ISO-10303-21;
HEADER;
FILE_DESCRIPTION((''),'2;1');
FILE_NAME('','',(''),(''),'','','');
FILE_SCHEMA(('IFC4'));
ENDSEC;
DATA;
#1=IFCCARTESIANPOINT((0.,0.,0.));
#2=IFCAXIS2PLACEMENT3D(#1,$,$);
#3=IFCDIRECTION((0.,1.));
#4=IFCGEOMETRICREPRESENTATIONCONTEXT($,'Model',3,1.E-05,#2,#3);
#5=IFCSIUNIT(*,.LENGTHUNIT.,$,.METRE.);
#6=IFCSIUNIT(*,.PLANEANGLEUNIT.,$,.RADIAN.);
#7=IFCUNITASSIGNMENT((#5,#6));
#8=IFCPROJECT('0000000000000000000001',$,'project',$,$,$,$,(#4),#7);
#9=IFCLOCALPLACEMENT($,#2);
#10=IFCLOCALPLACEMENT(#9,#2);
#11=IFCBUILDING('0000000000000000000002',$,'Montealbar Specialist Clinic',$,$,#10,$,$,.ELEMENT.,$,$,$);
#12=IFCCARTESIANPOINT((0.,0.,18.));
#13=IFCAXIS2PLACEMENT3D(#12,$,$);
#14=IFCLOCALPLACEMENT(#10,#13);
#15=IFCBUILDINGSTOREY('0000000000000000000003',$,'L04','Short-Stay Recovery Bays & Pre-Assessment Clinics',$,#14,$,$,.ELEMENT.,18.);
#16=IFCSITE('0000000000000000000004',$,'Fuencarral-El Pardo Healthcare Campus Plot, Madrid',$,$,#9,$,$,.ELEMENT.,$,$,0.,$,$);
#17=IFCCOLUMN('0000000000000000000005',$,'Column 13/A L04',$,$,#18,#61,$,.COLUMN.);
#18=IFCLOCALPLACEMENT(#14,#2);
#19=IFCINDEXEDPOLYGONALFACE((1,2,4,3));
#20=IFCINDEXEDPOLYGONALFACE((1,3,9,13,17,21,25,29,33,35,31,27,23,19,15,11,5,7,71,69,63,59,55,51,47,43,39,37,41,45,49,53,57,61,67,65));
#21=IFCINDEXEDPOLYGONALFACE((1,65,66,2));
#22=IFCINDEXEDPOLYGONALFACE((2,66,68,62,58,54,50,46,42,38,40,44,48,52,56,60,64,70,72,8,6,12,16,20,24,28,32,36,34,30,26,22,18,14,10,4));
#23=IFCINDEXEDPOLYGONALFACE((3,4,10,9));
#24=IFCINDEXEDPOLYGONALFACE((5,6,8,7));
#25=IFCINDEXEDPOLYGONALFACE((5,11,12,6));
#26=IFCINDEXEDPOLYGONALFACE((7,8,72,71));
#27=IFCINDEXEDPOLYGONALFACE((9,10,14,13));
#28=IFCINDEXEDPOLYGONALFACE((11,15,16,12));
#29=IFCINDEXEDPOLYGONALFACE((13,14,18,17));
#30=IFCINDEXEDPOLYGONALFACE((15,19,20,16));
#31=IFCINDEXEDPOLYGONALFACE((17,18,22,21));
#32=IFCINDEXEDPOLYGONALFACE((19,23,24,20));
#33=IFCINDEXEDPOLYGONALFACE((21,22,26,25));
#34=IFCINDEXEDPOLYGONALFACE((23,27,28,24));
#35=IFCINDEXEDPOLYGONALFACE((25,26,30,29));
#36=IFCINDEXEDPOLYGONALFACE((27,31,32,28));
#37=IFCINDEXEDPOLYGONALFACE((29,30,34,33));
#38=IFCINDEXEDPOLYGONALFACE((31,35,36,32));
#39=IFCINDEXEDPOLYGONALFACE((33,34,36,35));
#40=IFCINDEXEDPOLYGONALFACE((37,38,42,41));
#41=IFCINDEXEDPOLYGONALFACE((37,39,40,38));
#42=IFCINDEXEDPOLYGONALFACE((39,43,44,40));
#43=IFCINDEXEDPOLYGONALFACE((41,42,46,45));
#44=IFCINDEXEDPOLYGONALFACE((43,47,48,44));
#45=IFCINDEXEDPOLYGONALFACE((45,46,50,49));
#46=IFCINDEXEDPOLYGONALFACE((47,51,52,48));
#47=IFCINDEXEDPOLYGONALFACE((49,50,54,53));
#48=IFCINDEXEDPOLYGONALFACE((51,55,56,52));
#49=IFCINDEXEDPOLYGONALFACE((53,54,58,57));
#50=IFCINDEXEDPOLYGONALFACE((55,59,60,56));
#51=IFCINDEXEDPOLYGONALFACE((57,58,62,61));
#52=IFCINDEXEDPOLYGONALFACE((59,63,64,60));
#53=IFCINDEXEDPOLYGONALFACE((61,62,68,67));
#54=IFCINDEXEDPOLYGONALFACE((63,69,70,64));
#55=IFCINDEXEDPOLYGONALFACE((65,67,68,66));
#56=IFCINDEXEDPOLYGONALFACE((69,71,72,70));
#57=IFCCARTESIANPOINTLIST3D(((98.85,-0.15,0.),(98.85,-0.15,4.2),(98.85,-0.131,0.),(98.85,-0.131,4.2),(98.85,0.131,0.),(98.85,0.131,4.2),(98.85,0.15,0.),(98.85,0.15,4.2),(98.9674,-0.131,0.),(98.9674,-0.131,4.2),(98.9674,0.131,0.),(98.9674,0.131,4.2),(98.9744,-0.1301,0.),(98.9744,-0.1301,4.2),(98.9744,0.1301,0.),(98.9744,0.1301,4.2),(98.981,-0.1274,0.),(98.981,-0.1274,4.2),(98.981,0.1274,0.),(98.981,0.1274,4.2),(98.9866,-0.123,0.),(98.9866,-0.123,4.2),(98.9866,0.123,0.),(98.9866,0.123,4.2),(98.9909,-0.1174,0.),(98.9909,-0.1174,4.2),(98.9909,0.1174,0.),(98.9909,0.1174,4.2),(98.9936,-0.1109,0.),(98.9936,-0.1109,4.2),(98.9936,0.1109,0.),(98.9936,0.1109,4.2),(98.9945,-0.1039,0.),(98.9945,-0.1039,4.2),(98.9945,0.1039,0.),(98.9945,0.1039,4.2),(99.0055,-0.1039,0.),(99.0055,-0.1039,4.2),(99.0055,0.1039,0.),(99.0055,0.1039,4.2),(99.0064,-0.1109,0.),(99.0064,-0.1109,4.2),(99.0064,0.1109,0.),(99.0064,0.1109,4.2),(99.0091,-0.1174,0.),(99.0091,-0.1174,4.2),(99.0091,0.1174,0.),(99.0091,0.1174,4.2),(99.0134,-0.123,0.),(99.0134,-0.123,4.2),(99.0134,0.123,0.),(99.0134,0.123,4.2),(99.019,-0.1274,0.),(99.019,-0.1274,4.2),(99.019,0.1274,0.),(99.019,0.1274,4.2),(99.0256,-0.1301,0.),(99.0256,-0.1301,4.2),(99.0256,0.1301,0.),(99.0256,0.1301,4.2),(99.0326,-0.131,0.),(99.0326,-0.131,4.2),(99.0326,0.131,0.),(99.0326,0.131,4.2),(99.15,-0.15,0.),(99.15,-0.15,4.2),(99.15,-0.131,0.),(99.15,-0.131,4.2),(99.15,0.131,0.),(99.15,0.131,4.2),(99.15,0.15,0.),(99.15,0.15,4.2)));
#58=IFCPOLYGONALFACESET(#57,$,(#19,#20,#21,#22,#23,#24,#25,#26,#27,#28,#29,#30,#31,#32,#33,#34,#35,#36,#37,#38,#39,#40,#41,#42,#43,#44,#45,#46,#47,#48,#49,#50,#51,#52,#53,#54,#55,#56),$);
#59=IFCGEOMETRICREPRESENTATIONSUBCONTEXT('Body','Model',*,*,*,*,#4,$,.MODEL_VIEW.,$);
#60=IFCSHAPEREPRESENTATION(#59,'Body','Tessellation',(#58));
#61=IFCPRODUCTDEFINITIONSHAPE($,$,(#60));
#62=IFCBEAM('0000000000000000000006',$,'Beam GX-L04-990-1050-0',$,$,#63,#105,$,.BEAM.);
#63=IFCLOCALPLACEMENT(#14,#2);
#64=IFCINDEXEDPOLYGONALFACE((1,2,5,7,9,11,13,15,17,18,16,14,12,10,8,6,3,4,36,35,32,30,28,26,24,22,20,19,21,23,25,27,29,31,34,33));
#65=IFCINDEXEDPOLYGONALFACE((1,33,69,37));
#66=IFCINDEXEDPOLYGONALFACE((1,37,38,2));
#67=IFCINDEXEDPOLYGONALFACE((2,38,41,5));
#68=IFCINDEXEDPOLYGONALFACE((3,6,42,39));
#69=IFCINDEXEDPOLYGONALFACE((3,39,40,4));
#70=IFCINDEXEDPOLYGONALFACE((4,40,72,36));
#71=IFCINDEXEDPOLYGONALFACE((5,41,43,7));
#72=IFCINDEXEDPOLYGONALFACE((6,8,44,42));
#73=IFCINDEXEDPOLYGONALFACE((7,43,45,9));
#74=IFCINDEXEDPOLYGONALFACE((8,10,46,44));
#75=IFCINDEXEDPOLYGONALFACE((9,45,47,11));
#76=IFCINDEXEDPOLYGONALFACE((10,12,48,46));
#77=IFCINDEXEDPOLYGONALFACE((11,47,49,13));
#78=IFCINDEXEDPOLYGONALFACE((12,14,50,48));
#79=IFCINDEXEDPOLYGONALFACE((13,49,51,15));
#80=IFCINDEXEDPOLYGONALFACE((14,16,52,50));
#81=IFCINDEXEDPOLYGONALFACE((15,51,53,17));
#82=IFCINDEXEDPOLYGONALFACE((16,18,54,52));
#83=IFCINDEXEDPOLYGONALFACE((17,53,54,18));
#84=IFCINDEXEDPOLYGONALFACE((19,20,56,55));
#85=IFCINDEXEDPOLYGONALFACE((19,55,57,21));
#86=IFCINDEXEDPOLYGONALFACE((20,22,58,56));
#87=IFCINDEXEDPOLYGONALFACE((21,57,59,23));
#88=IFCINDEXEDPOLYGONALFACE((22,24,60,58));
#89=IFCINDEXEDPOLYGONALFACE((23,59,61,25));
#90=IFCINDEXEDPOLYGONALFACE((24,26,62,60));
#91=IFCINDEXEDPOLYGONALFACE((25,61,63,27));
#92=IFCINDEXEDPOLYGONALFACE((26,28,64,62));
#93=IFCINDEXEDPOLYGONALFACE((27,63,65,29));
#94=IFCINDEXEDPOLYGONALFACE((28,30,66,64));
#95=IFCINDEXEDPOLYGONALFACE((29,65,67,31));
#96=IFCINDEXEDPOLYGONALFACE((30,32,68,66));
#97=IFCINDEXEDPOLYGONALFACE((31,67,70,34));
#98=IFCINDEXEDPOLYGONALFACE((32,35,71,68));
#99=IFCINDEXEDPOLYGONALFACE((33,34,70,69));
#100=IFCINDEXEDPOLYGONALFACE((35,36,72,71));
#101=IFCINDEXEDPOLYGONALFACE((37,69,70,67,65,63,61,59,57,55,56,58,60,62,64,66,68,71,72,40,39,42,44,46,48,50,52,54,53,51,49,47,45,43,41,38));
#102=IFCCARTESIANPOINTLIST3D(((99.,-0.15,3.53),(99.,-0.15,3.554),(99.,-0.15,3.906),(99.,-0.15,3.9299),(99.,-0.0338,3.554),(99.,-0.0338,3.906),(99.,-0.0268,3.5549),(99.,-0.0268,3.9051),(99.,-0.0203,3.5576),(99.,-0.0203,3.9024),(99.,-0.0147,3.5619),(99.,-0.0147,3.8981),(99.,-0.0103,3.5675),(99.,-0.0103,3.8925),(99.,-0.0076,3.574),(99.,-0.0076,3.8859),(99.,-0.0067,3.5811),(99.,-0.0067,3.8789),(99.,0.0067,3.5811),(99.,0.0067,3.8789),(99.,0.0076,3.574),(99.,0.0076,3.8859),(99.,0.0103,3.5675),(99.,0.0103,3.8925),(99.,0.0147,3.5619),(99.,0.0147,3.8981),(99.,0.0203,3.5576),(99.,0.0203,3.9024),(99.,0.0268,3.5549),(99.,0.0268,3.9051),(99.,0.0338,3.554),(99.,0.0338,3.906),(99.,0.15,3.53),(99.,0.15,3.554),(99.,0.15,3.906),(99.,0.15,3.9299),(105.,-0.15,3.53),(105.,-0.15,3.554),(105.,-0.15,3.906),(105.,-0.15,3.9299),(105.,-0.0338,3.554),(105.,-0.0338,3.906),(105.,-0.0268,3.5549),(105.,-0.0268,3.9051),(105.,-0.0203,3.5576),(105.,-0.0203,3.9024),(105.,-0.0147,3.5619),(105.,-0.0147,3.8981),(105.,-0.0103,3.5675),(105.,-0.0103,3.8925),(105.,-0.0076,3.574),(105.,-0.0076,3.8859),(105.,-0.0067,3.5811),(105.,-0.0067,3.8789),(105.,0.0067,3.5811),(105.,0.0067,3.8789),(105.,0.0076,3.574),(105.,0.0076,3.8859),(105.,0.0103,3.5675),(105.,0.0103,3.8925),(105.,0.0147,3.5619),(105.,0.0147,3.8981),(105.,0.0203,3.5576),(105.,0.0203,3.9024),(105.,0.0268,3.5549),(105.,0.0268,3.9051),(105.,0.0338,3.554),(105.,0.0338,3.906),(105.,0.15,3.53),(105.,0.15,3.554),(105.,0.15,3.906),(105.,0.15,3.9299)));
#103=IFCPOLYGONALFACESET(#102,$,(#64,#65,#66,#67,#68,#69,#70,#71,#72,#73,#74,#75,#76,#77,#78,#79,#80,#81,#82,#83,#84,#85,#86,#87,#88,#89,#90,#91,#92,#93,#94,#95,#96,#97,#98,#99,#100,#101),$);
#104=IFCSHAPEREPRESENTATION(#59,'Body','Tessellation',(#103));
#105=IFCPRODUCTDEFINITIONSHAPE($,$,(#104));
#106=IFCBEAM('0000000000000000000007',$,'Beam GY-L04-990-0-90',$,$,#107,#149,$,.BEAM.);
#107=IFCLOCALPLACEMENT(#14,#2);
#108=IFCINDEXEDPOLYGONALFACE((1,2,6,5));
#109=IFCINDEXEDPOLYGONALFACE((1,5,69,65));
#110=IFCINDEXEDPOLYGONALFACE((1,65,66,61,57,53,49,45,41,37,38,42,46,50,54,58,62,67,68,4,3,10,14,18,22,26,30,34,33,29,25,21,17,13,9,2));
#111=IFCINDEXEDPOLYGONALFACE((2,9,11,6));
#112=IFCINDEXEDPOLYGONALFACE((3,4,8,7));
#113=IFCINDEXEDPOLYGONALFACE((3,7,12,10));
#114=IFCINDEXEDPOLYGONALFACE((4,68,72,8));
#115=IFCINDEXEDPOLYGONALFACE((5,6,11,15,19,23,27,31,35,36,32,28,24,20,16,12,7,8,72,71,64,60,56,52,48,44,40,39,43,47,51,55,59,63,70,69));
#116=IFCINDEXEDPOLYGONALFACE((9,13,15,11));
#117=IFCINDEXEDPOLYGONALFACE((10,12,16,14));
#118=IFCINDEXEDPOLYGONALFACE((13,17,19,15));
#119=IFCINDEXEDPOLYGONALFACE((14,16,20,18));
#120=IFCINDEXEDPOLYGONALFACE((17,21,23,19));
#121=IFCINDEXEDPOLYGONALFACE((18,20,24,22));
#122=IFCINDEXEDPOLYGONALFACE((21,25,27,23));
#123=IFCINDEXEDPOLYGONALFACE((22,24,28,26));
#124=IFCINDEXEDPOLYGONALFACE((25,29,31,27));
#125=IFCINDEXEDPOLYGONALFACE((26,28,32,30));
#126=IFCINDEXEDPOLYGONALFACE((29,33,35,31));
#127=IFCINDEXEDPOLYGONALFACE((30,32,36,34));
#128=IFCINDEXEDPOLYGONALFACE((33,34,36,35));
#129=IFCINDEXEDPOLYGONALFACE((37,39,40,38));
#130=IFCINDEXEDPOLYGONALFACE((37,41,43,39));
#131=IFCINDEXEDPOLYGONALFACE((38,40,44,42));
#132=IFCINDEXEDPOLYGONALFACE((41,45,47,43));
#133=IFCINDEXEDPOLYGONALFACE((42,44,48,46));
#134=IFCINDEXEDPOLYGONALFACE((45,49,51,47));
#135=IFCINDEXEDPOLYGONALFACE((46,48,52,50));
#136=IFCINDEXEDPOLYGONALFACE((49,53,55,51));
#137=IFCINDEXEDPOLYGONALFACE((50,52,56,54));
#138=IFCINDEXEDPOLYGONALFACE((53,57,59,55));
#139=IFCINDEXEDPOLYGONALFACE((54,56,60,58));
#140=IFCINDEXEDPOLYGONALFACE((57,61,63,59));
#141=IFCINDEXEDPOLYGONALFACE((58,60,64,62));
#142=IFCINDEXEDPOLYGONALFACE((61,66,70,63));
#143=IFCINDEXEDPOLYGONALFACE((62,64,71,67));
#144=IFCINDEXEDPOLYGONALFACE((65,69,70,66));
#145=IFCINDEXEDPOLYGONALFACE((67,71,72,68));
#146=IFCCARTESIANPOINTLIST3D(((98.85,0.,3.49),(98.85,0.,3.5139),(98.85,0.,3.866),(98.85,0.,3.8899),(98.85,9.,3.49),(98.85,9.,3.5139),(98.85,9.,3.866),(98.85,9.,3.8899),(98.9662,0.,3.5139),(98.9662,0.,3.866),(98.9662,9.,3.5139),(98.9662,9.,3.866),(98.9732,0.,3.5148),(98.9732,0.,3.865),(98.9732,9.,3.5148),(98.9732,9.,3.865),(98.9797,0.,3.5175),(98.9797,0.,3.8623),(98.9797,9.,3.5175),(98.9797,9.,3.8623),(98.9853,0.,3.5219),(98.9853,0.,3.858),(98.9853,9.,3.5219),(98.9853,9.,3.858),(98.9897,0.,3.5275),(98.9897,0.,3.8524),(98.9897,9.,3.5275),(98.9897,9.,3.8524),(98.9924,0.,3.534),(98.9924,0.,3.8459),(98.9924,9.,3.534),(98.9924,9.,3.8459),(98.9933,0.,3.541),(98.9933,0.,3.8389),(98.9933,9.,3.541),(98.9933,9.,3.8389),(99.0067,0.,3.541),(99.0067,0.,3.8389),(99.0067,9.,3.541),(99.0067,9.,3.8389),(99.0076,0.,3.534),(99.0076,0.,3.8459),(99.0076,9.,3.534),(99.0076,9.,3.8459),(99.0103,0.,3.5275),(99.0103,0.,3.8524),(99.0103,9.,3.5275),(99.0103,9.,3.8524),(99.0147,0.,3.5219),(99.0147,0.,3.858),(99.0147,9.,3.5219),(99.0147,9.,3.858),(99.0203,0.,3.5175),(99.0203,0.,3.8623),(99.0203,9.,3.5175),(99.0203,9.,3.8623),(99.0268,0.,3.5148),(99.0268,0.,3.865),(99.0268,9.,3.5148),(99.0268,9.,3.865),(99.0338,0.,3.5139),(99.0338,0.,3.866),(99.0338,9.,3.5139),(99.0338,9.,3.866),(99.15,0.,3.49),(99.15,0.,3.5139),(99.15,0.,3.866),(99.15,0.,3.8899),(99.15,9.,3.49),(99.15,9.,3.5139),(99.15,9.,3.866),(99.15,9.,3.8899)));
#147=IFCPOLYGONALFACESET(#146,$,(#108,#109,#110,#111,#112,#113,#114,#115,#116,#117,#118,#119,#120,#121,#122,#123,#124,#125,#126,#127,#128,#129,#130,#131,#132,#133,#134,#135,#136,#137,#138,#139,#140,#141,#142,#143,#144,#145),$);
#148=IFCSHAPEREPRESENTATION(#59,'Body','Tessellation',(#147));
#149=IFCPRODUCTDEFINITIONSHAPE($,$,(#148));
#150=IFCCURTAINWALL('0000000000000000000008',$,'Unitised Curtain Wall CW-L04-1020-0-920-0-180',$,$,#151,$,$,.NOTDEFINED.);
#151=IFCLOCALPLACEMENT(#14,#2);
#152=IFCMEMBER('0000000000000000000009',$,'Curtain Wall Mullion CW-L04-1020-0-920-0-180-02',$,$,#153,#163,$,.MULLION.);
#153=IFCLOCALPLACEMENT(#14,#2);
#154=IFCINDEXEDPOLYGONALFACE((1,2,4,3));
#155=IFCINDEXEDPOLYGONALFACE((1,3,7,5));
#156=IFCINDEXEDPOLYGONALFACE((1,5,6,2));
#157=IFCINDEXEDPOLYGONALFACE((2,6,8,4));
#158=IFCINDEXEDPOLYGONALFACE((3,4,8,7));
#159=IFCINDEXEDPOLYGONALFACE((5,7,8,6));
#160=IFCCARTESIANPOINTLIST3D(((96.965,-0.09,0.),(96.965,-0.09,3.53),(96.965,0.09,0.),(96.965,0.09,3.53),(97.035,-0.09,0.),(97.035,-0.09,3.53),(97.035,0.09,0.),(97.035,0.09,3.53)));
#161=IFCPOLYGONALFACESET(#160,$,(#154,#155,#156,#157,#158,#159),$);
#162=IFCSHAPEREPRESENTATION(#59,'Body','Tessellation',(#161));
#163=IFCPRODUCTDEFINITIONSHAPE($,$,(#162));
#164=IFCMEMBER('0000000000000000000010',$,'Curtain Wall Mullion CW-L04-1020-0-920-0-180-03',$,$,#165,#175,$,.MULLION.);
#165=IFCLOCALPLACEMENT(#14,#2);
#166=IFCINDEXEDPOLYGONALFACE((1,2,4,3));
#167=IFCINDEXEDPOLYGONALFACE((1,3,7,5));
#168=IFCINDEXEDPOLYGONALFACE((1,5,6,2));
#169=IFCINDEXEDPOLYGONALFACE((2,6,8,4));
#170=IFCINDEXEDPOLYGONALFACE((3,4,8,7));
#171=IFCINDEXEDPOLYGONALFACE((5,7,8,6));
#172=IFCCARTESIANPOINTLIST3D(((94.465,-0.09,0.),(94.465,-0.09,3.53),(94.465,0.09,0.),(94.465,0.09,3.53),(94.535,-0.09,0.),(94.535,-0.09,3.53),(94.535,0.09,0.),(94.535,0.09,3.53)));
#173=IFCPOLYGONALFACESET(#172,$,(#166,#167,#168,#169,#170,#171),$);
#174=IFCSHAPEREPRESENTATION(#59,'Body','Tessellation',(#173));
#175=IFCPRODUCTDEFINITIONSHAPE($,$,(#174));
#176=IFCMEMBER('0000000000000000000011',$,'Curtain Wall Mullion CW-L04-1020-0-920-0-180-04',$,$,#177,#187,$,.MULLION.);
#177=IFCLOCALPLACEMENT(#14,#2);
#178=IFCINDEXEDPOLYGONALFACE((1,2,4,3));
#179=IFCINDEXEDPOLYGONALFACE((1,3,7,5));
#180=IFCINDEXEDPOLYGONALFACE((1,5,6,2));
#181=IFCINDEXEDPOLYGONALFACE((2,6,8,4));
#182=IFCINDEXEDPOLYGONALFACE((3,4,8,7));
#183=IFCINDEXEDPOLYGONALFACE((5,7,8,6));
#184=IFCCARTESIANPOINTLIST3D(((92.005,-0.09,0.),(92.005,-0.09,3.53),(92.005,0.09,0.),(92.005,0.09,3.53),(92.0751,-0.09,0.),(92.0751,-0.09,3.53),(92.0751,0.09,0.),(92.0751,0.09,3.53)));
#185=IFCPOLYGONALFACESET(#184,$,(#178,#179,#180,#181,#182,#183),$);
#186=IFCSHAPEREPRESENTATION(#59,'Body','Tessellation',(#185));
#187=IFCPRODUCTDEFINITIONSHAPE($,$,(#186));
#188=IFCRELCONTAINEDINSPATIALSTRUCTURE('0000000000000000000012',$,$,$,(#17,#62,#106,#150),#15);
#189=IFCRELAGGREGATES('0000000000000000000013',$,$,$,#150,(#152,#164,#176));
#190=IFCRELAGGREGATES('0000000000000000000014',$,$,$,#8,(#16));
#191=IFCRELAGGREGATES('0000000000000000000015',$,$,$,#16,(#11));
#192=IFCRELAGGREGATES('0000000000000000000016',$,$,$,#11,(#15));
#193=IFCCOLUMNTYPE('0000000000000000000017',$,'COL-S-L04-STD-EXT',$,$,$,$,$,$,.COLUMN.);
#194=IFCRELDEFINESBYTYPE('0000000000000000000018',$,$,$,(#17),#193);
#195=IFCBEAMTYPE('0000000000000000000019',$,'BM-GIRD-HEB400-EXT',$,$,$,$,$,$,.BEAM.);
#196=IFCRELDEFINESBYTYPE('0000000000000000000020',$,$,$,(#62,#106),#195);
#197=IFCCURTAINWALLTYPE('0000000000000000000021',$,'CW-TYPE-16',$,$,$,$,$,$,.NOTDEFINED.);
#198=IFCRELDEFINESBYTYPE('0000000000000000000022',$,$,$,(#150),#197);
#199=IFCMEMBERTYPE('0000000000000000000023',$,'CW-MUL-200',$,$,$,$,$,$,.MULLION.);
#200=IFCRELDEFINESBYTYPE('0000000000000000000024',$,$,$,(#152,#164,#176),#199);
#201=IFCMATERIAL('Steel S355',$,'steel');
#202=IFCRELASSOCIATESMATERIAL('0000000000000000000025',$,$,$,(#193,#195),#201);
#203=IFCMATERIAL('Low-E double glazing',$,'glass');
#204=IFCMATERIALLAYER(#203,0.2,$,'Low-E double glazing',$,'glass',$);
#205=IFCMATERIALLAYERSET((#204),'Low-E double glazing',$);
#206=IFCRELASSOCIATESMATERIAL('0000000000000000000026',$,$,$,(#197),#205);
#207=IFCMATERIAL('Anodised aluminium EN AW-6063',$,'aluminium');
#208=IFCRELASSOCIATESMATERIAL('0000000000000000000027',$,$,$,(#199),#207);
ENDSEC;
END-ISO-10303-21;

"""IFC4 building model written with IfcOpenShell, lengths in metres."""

from ifc_helpers import new_model, si_unit, direction, frame, origin, origin_2d, place, context, subcontext, project, spatial, rectangle, i_section, extrude, material, layer, layer_set, material_profile, profile_set, type_object, element, aggregate, save


model = new_model("IFC4")

# Units and contexts
model_context = context("Model", 3, precision=1e-05, world=origin(), true_north=direction((0.0, 1.0)))
body_context = subcontext(model_context, "Body", "Model", "MODEL_VIEW")
ifc_project = project(units=[si_unit("LENGTHUNIT", "METRE"), si_unit("PLANEANGLEUNIT", "RADIAN")], contexts=[model_context])

# Site, building, storey
site_placement = place(None, origin())
site = spatial("IfcSite", under=ifc_project, at=site_placement, Name="Fuencarral-El Pardo Healthcare Campus Plot, Madrid", CompositionType="ELEMENT", RefElevation=0.0)
building_placement = place(site_placement, origin())
building = spatial("IfcBuilding", under=site, at=building_placement, Name="Montealbar Specialist Clinic", CompositionType="ELEMENT")
storey_placement = place(building_placement, frame((0.0, 0.0, 18.0)))
storey = spatial("IfcBuildingStorey", under=building, at=storey_placement, Name="L04", Description="Short-Stay Recovery Bays & Pre-Assessment Clinics", CompositionType="ELEMENT", Elevation=18.0)

# Column
ifc_material_1 = material(Name="Steel S355", Category="steel")
ifc_material_profile_1 = material_profile(ifc_material_1, i_section(OverallWidth=0.3, OverallDepth=0.3, WebThickness=0.011, FlangeThickness=0.019, FilletRadius=0.0271, at=origin_2d()), Name="HEB 300", Category="steel")
ifc_profile_set_1 = profile_set([ifc_material_profile_1], Name="Steel S355")
column_type = type_object("IfcColumnType", Name="COL-S-L04-STD-EXT", PredefinedType="COLUMN", material=ifc_profile_set_1)
column_placement = place(storey_placement, frame((99.0, 0.0, 0.0), z_axis=(0.0, 0.0, 1.0), x_axis=(1.0, 0.0, 0.0)))
element("IfcColumn", 1, at=column_placement, inside=storey, type_object=column_type, Name="Column 13/A L04", PredefinedType="COLUMN", context=body_context, shape_type="SweptSolid", body=[
    extrude(i_section(OverallWidth=0.3, OverallDepth=0.3, WebThickness=0.011, FlangeThickness=0.019, FilletRadius=0.0271, at=origin_2d()), origin(), (0.0, 0.0, 1.0), 4.2),
])

# Beams
ifc_material_profile_2 = material_profile(ifc_material_1, i_section(OverallWidth=0.3, OverallDepth=0.3999, WebThickness=0.0134, FlangeThickness=0.0239, FilletRadius=0.0271, at=origin_2d()), Name="HEB 400", Category="steel")
ifc_profile_set_2 = profile_set([ifc_material_profile_2], Name="Steel S355")
beam_type = type_object("IfcBeamType", Name="BM-GIRD-HEB400-EXT", PredefinedType="BEAM", material=ifc_profile_set_2)
beam_1_placement = place(storey_placement, frame((99.0, 0.0, 3.73), z_axis=(1.0, 0.0, 0.0), x_axis=(0.0, 1.0, 0.0)))
element("IfcBeam", 2, at=beam_1_placement, inside=storey, type_object=beam_type, Name="Beam GX-L04-990-1050-0", PredefinedType="BEAM", context=body_context, shape_type="SweptSolid", body=[
    extrude(i_section(OverallWidth=0.3, OverallDepth=0.3999, WebThickness=0.0134, FlangeThickness=0.0239, FilletRadius=0.0271, at=origin_2d()), origin(), (0.0, 0.0, 1.0), 6.0),
])
beam_2_placement = place(storey_placement, frame((99.0, 0.0, 3.6899), z_axis=(0.0, 1.0, 0.0), x_axis=(-1.0, 0.0, 0.0)))
element("IfcBeam", 3, at=beam_2_placement, inside=storey, type_object=beam_type, Name="Beam GY-L04-990-0-90", PredefinedType="BEAM", context=body_context, shape_type="SweptSolid", body=[
    extrude(i_section(OverallWidth=0.3, OverallDepth=0.3999, WebThickness=0.0134, FlangeThickness=0.0239, FilletRadius=0.0271, at=origin_2d()), origin(), (0.0, 0.0, 1.0), 9.0),
])

# Curtain wall, members
ifc_material_2 = material(Name="Low-E double glazing", Category="glass")
ifc_layer_1 = layer(ifc_material_2, 0.2, Name="Low-E double glazing", Category="glass")
ifc_layer_set_1 = layer_set([ifc_layer_1], Name="Low-E double glazing")
curtain_wall_type = type_object("IfcCurtainWallType", Name="CW-TYPE-16", PredefinedType="NOTDEFINED", material=ifc_layer_set_1)
curtain_wall_1_placement = place(storey_placement, origin())
curtain_wall_1 = element("IfcCurtainWall", 4, at=curtain_wall_1_placement, inside=storey, type_object=curtain_wall_type, Name="Unitised Curtain Wall CW-L04-1020-0-920-0-180", PredefinedType="NOTDEFINED")
ifc_material_3 = material(Name="Anodised aluminium EN AW-6063", Category="aluminium")
ifc_material_profile_3 = material_profile(ifc_material_3, rectangle(XDim=0.0701, YDim=0.1799, at=origin_2d()), Name="ALU 70x180", Category="aluminium")
ifc_profile_set_3 = profile_set([ifc_material_profile_3], Name="Anodised aluminium EN AW-6063")
member_type_1 = type_object("IfcMemberType", Name="CW-MUL-200", PredefinedType="MULLION", material=ifc_profile_set_3)
member_1_placement = place(storey_placement, frame((97.0, 0.0, 0.0), z_axis=(0.0, 0.0, 1.0), x_axis=(-1.0, 0.0, 0.0)))
member_1 = element("IfcMember", 5, at=member_1_placement, type_object=member_type_1, Name="Curtain Wall Mullion CW-L04-1020-0-920-0-180-02", PredefinedType="MULLION", context=body_context, shape_type="SweptSolid", body=[
    extrude(rectangle(XDim=0.0701, YDim=0.1799, at=origin_2d()), origin(), (0.0, 0.0, 1.0), 3.53),
])
member_2_placement = place(storey_placement, frame((94.5, 0.0, 0.0), z_axis=(0.0, 0.0, 1.0), x_axis=(-1.0, 0.0, 0.0)))
member_2 = element("IfcMember", 6, at=member_2_placement, type_object=member_type_1, Name="Curtain Wall Mullion CW-L04-1020-0-920-0-180-03", PredefinedType="MULLION", context=body_context, shape_type="SweptSolid", body=[
    extrude(rectangle(XDim=0.0701, YDim=0.1799, at=origin_2d()), origin(), (0.0, 0.0, 1.0), 3.53),
])
member_3_placement = place(storey_placement, frame((92.04, 0.0, 0.0), z_axis=(0.0, 0.0, 1.0), x_axis=(-1.0, 0.0, 0.0)))
member_3 = element("IfcMember", 7, at=member_3_placement, type_object=member_type_1, Name="Curtain Wall Mullion CW-L04-1020-0-920-0-180-04", PredefinedType="MULLION", context=body_context, shape_type="SweptSolid", body=[
    extrude(rectangle(XDim=0.0701, YDim=0.1799, at=origin_2d()), origin(), (0.0, 0.0, 1.0), 3.53),
])

aggregate(curtain_wall_1, [member_1, member_2, member_3])

save(model, "model.ifc")
